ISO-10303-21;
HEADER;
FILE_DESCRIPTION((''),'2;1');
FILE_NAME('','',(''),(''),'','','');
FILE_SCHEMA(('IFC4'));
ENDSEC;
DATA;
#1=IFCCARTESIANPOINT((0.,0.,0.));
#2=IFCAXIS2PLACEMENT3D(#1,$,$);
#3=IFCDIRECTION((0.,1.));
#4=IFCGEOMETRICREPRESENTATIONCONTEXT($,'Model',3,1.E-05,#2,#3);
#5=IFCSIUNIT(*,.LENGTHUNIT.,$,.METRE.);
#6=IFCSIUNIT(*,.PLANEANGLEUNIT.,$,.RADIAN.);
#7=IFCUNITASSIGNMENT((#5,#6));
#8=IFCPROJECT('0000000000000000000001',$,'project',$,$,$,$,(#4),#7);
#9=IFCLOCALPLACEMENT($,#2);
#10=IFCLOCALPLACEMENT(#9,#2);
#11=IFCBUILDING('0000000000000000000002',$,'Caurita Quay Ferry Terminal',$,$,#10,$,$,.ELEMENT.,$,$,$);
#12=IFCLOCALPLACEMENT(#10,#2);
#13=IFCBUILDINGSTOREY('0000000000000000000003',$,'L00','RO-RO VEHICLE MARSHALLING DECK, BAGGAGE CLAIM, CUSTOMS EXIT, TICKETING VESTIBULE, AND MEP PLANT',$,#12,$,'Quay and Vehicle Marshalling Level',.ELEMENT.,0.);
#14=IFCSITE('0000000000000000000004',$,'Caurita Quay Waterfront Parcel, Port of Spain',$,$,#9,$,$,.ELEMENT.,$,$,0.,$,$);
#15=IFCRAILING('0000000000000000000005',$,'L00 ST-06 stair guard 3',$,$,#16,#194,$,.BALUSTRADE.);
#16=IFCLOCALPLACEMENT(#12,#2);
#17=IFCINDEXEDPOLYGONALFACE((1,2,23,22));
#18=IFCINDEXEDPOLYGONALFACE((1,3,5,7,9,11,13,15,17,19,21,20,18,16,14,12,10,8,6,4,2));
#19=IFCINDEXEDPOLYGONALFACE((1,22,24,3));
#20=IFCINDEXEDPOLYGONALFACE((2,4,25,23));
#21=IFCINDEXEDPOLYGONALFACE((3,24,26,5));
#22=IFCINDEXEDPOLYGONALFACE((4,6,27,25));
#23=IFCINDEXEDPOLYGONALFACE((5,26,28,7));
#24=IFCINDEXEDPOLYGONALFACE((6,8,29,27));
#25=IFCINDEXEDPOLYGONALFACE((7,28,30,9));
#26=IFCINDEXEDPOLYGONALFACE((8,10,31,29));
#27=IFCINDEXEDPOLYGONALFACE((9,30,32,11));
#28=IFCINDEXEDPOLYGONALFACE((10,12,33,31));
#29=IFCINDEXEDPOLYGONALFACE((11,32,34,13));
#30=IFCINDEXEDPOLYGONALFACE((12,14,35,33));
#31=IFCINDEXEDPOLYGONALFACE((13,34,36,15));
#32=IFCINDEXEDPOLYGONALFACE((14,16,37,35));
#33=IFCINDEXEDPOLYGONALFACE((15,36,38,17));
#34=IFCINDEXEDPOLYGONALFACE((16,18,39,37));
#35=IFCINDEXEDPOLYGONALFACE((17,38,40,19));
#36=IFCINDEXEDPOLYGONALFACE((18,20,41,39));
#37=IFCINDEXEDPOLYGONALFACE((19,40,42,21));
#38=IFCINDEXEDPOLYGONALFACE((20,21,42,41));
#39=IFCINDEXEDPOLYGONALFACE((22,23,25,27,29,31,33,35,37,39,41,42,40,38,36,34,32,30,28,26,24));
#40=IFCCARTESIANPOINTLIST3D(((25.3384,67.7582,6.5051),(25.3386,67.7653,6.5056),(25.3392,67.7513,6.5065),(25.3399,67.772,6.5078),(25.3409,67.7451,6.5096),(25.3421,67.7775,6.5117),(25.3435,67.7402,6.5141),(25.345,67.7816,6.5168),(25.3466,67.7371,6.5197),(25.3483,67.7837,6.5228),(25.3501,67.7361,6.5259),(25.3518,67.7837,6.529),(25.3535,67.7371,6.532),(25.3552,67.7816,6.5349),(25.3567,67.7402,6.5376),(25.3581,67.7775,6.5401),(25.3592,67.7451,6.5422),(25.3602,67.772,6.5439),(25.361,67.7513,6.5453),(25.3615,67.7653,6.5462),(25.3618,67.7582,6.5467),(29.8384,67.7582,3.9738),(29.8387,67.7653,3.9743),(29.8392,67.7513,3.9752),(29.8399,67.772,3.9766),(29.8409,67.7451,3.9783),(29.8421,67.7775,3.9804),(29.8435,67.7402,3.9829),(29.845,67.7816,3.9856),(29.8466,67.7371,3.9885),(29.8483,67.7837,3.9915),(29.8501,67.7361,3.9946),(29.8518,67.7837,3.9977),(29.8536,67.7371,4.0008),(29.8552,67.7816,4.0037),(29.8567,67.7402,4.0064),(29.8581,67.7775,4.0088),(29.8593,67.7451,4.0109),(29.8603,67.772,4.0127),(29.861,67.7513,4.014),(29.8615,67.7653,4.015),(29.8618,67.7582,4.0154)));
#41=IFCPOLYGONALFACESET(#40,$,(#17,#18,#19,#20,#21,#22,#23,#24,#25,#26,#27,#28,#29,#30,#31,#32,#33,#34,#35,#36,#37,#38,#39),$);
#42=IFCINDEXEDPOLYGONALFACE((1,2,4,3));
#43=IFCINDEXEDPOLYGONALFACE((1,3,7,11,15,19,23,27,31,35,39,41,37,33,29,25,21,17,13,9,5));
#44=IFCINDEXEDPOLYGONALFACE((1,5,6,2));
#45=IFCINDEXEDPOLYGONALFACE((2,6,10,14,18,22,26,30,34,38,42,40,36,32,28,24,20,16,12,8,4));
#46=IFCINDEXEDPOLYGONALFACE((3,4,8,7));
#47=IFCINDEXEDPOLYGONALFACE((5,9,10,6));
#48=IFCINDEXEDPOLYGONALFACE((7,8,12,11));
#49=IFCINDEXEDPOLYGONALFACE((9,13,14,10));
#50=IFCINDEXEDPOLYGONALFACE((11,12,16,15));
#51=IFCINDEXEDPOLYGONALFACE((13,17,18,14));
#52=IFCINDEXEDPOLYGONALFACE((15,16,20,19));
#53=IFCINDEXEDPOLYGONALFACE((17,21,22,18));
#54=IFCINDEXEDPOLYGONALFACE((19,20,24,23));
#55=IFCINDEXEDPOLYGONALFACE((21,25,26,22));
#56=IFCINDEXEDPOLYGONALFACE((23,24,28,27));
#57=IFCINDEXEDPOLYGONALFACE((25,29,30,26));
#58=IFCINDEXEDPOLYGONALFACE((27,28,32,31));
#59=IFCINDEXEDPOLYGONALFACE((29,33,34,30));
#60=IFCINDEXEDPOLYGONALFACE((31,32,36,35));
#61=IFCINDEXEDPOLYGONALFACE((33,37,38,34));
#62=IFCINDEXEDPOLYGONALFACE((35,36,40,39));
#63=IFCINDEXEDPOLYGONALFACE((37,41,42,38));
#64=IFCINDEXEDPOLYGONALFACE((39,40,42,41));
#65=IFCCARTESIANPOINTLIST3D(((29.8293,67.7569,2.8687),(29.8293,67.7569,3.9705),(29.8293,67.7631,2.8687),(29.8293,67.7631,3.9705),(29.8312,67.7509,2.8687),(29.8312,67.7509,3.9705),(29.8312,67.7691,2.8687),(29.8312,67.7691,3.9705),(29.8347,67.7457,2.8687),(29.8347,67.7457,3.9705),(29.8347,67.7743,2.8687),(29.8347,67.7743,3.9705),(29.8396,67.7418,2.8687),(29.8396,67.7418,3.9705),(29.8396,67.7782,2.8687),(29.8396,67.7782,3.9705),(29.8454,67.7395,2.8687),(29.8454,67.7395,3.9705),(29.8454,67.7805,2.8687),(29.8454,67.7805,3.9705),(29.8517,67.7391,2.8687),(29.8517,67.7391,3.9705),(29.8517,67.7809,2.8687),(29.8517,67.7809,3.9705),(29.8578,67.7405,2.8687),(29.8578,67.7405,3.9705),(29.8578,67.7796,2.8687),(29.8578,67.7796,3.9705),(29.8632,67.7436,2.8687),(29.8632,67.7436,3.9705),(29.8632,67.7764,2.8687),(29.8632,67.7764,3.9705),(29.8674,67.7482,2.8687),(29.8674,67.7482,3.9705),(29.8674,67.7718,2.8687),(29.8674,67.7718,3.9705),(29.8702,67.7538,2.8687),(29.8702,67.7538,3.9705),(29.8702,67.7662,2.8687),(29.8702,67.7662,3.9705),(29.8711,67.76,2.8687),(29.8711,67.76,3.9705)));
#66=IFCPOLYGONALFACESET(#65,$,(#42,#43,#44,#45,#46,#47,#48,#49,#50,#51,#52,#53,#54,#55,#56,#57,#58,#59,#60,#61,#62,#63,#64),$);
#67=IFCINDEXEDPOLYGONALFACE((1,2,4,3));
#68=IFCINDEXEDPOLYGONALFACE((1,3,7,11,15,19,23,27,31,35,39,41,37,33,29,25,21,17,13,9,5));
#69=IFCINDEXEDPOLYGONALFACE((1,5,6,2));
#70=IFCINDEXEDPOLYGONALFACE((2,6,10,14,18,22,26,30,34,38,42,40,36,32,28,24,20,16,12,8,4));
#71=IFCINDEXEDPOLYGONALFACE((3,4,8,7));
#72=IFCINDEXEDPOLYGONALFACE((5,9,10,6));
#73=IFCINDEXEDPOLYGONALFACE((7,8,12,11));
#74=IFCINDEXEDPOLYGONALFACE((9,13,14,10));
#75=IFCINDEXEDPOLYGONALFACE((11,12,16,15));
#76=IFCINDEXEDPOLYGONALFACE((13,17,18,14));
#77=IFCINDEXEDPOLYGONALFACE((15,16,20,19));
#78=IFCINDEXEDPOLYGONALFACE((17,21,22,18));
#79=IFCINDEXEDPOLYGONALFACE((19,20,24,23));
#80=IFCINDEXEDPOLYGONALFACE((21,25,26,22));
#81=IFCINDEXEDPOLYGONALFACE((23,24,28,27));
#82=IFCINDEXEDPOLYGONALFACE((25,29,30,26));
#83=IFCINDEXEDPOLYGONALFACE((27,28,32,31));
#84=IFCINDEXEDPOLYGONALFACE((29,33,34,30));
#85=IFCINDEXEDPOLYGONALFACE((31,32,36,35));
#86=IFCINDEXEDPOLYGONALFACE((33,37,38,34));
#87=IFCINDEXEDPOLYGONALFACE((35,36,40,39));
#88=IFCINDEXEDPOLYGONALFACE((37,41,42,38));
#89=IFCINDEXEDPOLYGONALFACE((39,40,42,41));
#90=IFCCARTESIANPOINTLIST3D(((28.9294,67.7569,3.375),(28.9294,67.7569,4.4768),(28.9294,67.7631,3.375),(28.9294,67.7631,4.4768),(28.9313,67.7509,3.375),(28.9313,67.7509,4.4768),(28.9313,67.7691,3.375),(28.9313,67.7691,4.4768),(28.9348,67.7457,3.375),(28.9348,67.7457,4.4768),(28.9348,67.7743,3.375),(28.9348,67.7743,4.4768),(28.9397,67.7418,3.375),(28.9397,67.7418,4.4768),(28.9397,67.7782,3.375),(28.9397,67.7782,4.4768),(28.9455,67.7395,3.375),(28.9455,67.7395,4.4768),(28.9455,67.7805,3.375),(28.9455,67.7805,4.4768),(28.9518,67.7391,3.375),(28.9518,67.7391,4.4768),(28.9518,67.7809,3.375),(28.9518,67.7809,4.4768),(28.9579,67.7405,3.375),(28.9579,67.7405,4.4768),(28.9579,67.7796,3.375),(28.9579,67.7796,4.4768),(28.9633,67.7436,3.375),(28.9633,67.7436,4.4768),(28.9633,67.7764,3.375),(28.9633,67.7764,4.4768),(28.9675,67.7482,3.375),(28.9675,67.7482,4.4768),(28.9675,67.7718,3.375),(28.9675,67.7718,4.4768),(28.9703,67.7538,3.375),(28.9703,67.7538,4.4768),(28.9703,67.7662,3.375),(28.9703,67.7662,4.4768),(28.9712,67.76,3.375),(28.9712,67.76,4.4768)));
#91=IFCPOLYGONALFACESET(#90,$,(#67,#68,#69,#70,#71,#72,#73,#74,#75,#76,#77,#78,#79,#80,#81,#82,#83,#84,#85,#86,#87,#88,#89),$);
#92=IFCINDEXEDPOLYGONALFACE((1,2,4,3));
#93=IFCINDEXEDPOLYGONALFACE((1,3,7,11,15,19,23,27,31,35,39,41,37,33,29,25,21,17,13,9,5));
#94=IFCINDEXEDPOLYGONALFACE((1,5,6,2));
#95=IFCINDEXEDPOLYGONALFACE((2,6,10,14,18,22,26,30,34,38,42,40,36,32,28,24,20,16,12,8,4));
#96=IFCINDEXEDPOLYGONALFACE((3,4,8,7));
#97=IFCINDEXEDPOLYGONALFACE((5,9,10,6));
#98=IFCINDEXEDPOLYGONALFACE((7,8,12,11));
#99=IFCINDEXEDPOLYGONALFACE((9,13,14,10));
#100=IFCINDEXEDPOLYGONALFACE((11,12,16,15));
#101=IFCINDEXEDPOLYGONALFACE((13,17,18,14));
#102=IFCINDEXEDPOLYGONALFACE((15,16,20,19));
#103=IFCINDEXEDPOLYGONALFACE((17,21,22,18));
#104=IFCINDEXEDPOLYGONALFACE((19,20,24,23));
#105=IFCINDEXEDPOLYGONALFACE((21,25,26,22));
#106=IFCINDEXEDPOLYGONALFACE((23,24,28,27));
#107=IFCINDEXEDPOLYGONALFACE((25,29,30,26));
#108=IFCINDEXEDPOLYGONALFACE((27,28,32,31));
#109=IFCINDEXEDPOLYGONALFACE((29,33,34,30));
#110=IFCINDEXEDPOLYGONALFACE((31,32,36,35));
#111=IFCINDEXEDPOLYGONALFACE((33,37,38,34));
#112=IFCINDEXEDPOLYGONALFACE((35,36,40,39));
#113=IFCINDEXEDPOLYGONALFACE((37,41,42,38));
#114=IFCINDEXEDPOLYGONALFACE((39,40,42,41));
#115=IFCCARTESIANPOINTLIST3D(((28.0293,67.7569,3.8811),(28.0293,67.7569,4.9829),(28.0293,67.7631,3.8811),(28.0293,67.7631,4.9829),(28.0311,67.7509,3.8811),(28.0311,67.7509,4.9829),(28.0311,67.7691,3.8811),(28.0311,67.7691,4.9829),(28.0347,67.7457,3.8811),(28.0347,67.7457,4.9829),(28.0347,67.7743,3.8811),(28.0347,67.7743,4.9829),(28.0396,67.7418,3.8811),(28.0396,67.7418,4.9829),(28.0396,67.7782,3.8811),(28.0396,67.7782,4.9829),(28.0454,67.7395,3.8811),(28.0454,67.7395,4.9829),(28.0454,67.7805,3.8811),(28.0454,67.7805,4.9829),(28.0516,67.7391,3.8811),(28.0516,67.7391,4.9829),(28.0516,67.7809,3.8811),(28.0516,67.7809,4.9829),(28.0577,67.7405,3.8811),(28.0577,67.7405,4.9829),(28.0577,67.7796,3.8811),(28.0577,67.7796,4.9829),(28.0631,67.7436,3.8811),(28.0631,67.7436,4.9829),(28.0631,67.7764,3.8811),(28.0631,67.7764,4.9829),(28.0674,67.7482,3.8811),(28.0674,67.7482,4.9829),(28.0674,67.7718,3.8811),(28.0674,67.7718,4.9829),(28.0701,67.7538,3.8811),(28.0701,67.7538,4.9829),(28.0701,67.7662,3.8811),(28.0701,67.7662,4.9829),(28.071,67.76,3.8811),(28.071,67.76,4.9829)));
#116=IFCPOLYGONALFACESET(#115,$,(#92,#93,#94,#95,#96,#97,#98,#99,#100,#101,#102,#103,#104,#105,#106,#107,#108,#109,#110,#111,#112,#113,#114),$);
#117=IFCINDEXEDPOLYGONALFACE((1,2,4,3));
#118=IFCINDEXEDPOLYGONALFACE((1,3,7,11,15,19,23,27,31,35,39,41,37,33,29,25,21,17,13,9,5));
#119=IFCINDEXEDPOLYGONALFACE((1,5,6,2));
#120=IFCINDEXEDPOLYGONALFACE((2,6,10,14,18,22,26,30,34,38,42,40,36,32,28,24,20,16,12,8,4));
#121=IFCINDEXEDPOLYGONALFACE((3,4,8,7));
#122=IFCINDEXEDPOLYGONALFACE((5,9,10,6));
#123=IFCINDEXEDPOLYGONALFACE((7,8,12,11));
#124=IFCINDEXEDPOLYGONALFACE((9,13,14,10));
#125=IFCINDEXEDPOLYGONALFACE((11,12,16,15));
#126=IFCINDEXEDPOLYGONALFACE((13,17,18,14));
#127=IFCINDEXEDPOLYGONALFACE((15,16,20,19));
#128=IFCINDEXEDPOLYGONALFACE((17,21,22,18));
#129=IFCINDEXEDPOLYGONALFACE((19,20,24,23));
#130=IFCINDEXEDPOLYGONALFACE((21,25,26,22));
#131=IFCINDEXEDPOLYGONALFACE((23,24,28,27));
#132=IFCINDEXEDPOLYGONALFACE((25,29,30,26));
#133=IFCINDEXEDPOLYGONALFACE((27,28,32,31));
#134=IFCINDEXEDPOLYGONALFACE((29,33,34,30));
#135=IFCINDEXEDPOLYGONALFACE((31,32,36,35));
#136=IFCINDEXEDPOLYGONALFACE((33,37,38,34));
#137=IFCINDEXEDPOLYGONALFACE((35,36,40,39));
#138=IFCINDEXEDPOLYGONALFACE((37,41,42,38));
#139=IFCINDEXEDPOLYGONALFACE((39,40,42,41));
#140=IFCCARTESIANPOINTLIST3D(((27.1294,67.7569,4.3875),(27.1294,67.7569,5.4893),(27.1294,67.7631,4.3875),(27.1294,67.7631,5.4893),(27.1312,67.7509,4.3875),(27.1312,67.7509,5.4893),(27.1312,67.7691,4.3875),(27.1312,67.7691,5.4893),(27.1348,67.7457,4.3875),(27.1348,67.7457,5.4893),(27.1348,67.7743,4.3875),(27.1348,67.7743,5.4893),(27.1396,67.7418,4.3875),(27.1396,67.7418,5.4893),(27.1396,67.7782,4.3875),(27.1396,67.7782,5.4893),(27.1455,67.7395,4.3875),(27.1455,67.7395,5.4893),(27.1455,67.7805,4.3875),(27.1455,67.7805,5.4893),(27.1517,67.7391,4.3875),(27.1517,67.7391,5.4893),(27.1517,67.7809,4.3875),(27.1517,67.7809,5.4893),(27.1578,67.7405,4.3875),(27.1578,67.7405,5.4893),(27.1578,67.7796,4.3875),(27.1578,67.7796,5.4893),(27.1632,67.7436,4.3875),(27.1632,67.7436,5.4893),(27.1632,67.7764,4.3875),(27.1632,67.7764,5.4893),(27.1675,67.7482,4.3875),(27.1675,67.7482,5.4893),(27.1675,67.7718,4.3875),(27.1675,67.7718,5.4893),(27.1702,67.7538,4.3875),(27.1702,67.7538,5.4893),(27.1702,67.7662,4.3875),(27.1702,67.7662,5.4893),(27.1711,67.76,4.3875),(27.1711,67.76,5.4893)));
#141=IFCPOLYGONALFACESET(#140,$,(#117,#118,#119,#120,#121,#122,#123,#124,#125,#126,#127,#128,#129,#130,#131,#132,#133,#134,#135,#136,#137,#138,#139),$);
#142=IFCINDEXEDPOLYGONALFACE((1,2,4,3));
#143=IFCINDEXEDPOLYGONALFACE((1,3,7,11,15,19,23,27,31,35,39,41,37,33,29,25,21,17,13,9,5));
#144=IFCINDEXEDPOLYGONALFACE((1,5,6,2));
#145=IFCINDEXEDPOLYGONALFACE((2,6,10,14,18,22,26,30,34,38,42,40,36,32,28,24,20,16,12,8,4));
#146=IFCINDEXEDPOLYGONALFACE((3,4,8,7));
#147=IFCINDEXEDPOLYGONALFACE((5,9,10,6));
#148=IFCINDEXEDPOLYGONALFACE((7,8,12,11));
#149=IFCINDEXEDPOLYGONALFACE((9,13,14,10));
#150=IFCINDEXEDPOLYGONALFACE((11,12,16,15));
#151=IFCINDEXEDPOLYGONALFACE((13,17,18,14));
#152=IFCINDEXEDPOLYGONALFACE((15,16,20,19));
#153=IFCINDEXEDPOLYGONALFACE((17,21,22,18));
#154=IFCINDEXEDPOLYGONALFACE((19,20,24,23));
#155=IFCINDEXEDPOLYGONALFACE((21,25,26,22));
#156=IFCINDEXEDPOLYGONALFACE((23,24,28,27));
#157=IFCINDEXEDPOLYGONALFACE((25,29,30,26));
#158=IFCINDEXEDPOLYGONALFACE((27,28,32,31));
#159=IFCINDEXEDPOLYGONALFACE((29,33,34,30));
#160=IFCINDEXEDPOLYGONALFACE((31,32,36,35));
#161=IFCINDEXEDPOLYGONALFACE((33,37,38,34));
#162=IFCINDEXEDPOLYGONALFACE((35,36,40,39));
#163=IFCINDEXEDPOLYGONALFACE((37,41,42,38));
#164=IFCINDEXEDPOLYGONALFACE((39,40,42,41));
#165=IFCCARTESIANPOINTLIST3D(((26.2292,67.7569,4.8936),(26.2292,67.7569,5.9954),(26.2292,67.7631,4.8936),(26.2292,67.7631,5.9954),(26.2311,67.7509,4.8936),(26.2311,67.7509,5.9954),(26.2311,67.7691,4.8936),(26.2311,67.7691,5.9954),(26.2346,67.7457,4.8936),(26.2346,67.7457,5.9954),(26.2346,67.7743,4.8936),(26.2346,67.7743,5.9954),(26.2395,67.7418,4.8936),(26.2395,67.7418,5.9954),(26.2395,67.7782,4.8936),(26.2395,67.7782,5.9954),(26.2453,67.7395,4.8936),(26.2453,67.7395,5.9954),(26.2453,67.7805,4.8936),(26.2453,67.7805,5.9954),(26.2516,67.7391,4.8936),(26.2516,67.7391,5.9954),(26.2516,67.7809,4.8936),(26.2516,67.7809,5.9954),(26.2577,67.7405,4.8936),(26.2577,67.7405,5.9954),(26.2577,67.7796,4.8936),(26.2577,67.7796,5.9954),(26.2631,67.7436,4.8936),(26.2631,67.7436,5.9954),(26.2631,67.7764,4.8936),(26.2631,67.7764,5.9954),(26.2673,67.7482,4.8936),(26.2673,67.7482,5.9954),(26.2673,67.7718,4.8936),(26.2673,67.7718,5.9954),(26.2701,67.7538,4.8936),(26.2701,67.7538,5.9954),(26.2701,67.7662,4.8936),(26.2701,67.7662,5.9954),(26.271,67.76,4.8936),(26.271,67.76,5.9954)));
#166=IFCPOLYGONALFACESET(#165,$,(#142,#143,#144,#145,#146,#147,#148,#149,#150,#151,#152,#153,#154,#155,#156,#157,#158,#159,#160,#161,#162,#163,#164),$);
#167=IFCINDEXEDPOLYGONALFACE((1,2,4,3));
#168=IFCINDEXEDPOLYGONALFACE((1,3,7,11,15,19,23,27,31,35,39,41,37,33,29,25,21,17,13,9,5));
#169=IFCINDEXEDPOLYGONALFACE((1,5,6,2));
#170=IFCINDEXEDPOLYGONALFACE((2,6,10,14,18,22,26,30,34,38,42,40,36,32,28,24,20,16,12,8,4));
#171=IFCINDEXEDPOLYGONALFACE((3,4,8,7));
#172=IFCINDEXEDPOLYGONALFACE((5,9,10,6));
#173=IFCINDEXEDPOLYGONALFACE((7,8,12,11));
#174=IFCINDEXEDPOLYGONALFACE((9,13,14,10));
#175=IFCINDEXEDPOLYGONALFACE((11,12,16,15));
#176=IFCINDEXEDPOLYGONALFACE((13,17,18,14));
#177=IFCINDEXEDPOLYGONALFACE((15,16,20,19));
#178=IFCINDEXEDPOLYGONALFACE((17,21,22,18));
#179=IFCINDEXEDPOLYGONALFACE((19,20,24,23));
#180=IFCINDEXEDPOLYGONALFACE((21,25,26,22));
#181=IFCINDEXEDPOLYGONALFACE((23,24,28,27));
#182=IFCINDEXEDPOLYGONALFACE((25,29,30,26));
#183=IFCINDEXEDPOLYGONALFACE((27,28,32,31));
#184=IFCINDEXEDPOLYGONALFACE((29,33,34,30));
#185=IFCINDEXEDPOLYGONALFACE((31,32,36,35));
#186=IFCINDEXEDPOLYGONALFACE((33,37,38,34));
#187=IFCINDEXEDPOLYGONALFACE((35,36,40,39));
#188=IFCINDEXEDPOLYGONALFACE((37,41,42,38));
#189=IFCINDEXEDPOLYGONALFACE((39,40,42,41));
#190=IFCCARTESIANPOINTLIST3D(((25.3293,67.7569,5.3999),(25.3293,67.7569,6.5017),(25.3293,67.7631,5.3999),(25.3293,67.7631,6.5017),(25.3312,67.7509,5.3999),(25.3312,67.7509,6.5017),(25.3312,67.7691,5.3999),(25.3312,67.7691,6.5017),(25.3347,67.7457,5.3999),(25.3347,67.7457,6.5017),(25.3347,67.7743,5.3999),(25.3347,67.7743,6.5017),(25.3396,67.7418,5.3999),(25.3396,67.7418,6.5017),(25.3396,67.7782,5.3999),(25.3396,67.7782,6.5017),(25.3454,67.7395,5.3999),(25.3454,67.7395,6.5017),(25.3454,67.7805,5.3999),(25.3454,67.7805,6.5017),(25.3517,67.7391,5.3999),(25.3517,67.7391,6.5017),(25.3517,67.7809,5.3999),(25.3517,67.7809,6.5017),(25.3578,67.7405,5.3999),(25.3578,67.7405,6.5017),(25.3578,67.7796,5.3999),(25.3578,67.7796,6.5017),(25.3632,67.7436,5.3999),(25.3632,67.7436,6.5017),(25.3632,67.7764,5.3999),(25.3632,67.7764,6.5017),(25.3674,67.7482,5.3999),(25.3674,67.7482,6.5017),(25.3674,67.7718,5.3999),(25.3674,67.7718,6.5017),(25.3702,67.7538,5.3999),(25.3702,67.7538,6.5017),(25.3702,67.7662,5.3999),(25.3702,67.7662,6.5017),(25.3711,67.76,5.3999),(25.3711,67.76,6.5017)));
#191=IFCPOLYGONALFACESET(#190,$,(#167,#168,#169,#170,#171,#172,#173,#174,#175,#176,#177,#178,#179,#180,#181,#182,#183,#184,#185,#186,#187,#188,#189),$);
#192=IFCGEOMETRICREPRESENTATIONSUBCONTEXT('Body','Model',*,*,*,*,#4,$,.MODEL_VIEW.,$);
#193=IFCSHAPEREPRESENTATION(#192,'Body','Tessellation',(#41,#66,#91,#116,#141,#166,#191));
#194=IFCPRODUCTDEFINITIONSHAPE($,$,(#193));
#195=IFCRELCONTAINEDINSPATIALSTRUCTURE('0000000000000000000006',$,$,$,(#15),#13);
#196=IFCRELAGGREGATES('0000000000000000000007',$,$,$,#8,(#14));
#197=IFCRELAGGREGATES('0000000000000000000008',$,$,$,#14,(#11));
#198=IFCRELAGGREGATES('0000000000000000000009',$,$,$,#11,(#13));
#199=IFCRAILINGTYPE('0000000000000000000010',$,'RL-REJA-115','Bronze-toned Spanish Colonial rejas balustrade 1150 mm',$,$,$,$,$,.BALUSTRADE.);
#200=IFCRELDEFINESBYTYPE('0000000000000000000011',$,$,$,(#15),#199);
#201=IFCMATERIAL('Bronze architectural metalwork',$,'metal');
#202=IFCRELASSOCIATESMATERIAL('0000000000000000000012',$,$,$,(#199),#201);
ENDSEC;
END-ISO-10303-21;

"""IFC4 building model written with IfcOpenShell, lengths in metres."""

from ifc_helpers import new_model, si_unit, direction, frame, origin, origin_2d, place, context, subcontext, project, spatial, circle, extrude, material, type_object, element, save


model = new_model("IFC4")

# Units and contexts
model_context = context("Model", 3, precision=1e-05, world=origin(), true_north=direction((0.0, 1.0)))
body_context = subcontext(model_context, "Body", "Model", "MODEL_VIEW")
ifc_project = project(units=[si_unit("LENGTHUNIT", "METRE"), si_unit("PLANEANGLEUNIT", "RADIAN")], contexts=[model_context])

# Site, building, storey
site_placement = place(None, origin())
site = spatial("IfcSite", under=ifc_project, at=site_placement, Name="Caurita Quay Waterfront Parcel, Port of Spain", CompositionType="ELEMENT", RefElevation=0.0)
building_placement = place(site_placement, origin())
building = spatial("IfcBuilding", under=site, at=building_placement, Name="Caurita Quay Ferry Terminal", CompositionType="ELEMENT")
storey_placement = place(building_placement, origin())
storey = spatial("IfcBuildingStorey", under=building, at=storey_placement, Name="L00", Description="RO-RO VEHICLE MARSHALLING DECK, BAGGAGE CLAIM, CUSTOMS EXIT, TICKETING VESTIBULE, AND MEP PLANT", LongName="Quay and Vehicle Marshalling Level", CompositionType="ELEMENT", Elevation=0.0)

# Railing
ifc_material_1 = material(Name="Bronze architectural metalwork", Category="metal")
railing_type_1 = type_object("IfcRailingType", Name="RL-REJA-115", Description="Bronze-toned Spanish Colonial rejas balustrade 1150 mm", PredefinedType="BALUSTRADE", material=ifc_material_1)
railing_1_placement = place(storey_placement, frame((29.8501, 67.76, 2.8687)))
element("IfcRailing", 1, at=railing_1_placement, inside=storey, type_object=railing_type_1, Name="L00 ST-06 stair guard 3", PredefinedType="BALUSTRADE", context=body_context, shape_type="SweptSolid", body=[
    extrude(circle(Radius=0.0239, at=origin_2d()), frame((0.0, 0.0, 1.126), z_axis=(-0.871576, 0.0, 0.490261), x_axis=(0.0, -1.0, 0.0)), (0.0, 0.0, 1.0), 5.1631),
    extrude(circle(Radius=0.021, at=origin_2d()), origin(), (0.0, 0.0, 1.0), 1.1018),
    extrude(circle(Radius=0.021, at=origin_2d()), frame((-0.8999, 0.0, 0.5063)), (0.0, 0.0, 1.0), 1.1018),
    extrude(circle(Radius=0.021, at=origin_2d()), frame((-1.8, 0.0, 1.0125)), (0.0, 0.0, 1.0), 1.1018),
    extrude(circle(Radius=0.021, at=origin_2d()), frame((-2.7, 0.0, 1.5188)), (0.0, 0.0, 1.0), 1.1018),
    extrude(circle(Radius=0.021, at=origin_2d()), frame((-3.6001, 0.0, 2.0249)), (0.0, 0.0, 1.0), 1.1018),
    extrude(circle(Radius=0.021, at=origin_2d()), frame((-4.5, 0.0, 2.5312)), (0.0, 0.0, 1.0), 1.1018),
])

save(model, "model.ifc")
